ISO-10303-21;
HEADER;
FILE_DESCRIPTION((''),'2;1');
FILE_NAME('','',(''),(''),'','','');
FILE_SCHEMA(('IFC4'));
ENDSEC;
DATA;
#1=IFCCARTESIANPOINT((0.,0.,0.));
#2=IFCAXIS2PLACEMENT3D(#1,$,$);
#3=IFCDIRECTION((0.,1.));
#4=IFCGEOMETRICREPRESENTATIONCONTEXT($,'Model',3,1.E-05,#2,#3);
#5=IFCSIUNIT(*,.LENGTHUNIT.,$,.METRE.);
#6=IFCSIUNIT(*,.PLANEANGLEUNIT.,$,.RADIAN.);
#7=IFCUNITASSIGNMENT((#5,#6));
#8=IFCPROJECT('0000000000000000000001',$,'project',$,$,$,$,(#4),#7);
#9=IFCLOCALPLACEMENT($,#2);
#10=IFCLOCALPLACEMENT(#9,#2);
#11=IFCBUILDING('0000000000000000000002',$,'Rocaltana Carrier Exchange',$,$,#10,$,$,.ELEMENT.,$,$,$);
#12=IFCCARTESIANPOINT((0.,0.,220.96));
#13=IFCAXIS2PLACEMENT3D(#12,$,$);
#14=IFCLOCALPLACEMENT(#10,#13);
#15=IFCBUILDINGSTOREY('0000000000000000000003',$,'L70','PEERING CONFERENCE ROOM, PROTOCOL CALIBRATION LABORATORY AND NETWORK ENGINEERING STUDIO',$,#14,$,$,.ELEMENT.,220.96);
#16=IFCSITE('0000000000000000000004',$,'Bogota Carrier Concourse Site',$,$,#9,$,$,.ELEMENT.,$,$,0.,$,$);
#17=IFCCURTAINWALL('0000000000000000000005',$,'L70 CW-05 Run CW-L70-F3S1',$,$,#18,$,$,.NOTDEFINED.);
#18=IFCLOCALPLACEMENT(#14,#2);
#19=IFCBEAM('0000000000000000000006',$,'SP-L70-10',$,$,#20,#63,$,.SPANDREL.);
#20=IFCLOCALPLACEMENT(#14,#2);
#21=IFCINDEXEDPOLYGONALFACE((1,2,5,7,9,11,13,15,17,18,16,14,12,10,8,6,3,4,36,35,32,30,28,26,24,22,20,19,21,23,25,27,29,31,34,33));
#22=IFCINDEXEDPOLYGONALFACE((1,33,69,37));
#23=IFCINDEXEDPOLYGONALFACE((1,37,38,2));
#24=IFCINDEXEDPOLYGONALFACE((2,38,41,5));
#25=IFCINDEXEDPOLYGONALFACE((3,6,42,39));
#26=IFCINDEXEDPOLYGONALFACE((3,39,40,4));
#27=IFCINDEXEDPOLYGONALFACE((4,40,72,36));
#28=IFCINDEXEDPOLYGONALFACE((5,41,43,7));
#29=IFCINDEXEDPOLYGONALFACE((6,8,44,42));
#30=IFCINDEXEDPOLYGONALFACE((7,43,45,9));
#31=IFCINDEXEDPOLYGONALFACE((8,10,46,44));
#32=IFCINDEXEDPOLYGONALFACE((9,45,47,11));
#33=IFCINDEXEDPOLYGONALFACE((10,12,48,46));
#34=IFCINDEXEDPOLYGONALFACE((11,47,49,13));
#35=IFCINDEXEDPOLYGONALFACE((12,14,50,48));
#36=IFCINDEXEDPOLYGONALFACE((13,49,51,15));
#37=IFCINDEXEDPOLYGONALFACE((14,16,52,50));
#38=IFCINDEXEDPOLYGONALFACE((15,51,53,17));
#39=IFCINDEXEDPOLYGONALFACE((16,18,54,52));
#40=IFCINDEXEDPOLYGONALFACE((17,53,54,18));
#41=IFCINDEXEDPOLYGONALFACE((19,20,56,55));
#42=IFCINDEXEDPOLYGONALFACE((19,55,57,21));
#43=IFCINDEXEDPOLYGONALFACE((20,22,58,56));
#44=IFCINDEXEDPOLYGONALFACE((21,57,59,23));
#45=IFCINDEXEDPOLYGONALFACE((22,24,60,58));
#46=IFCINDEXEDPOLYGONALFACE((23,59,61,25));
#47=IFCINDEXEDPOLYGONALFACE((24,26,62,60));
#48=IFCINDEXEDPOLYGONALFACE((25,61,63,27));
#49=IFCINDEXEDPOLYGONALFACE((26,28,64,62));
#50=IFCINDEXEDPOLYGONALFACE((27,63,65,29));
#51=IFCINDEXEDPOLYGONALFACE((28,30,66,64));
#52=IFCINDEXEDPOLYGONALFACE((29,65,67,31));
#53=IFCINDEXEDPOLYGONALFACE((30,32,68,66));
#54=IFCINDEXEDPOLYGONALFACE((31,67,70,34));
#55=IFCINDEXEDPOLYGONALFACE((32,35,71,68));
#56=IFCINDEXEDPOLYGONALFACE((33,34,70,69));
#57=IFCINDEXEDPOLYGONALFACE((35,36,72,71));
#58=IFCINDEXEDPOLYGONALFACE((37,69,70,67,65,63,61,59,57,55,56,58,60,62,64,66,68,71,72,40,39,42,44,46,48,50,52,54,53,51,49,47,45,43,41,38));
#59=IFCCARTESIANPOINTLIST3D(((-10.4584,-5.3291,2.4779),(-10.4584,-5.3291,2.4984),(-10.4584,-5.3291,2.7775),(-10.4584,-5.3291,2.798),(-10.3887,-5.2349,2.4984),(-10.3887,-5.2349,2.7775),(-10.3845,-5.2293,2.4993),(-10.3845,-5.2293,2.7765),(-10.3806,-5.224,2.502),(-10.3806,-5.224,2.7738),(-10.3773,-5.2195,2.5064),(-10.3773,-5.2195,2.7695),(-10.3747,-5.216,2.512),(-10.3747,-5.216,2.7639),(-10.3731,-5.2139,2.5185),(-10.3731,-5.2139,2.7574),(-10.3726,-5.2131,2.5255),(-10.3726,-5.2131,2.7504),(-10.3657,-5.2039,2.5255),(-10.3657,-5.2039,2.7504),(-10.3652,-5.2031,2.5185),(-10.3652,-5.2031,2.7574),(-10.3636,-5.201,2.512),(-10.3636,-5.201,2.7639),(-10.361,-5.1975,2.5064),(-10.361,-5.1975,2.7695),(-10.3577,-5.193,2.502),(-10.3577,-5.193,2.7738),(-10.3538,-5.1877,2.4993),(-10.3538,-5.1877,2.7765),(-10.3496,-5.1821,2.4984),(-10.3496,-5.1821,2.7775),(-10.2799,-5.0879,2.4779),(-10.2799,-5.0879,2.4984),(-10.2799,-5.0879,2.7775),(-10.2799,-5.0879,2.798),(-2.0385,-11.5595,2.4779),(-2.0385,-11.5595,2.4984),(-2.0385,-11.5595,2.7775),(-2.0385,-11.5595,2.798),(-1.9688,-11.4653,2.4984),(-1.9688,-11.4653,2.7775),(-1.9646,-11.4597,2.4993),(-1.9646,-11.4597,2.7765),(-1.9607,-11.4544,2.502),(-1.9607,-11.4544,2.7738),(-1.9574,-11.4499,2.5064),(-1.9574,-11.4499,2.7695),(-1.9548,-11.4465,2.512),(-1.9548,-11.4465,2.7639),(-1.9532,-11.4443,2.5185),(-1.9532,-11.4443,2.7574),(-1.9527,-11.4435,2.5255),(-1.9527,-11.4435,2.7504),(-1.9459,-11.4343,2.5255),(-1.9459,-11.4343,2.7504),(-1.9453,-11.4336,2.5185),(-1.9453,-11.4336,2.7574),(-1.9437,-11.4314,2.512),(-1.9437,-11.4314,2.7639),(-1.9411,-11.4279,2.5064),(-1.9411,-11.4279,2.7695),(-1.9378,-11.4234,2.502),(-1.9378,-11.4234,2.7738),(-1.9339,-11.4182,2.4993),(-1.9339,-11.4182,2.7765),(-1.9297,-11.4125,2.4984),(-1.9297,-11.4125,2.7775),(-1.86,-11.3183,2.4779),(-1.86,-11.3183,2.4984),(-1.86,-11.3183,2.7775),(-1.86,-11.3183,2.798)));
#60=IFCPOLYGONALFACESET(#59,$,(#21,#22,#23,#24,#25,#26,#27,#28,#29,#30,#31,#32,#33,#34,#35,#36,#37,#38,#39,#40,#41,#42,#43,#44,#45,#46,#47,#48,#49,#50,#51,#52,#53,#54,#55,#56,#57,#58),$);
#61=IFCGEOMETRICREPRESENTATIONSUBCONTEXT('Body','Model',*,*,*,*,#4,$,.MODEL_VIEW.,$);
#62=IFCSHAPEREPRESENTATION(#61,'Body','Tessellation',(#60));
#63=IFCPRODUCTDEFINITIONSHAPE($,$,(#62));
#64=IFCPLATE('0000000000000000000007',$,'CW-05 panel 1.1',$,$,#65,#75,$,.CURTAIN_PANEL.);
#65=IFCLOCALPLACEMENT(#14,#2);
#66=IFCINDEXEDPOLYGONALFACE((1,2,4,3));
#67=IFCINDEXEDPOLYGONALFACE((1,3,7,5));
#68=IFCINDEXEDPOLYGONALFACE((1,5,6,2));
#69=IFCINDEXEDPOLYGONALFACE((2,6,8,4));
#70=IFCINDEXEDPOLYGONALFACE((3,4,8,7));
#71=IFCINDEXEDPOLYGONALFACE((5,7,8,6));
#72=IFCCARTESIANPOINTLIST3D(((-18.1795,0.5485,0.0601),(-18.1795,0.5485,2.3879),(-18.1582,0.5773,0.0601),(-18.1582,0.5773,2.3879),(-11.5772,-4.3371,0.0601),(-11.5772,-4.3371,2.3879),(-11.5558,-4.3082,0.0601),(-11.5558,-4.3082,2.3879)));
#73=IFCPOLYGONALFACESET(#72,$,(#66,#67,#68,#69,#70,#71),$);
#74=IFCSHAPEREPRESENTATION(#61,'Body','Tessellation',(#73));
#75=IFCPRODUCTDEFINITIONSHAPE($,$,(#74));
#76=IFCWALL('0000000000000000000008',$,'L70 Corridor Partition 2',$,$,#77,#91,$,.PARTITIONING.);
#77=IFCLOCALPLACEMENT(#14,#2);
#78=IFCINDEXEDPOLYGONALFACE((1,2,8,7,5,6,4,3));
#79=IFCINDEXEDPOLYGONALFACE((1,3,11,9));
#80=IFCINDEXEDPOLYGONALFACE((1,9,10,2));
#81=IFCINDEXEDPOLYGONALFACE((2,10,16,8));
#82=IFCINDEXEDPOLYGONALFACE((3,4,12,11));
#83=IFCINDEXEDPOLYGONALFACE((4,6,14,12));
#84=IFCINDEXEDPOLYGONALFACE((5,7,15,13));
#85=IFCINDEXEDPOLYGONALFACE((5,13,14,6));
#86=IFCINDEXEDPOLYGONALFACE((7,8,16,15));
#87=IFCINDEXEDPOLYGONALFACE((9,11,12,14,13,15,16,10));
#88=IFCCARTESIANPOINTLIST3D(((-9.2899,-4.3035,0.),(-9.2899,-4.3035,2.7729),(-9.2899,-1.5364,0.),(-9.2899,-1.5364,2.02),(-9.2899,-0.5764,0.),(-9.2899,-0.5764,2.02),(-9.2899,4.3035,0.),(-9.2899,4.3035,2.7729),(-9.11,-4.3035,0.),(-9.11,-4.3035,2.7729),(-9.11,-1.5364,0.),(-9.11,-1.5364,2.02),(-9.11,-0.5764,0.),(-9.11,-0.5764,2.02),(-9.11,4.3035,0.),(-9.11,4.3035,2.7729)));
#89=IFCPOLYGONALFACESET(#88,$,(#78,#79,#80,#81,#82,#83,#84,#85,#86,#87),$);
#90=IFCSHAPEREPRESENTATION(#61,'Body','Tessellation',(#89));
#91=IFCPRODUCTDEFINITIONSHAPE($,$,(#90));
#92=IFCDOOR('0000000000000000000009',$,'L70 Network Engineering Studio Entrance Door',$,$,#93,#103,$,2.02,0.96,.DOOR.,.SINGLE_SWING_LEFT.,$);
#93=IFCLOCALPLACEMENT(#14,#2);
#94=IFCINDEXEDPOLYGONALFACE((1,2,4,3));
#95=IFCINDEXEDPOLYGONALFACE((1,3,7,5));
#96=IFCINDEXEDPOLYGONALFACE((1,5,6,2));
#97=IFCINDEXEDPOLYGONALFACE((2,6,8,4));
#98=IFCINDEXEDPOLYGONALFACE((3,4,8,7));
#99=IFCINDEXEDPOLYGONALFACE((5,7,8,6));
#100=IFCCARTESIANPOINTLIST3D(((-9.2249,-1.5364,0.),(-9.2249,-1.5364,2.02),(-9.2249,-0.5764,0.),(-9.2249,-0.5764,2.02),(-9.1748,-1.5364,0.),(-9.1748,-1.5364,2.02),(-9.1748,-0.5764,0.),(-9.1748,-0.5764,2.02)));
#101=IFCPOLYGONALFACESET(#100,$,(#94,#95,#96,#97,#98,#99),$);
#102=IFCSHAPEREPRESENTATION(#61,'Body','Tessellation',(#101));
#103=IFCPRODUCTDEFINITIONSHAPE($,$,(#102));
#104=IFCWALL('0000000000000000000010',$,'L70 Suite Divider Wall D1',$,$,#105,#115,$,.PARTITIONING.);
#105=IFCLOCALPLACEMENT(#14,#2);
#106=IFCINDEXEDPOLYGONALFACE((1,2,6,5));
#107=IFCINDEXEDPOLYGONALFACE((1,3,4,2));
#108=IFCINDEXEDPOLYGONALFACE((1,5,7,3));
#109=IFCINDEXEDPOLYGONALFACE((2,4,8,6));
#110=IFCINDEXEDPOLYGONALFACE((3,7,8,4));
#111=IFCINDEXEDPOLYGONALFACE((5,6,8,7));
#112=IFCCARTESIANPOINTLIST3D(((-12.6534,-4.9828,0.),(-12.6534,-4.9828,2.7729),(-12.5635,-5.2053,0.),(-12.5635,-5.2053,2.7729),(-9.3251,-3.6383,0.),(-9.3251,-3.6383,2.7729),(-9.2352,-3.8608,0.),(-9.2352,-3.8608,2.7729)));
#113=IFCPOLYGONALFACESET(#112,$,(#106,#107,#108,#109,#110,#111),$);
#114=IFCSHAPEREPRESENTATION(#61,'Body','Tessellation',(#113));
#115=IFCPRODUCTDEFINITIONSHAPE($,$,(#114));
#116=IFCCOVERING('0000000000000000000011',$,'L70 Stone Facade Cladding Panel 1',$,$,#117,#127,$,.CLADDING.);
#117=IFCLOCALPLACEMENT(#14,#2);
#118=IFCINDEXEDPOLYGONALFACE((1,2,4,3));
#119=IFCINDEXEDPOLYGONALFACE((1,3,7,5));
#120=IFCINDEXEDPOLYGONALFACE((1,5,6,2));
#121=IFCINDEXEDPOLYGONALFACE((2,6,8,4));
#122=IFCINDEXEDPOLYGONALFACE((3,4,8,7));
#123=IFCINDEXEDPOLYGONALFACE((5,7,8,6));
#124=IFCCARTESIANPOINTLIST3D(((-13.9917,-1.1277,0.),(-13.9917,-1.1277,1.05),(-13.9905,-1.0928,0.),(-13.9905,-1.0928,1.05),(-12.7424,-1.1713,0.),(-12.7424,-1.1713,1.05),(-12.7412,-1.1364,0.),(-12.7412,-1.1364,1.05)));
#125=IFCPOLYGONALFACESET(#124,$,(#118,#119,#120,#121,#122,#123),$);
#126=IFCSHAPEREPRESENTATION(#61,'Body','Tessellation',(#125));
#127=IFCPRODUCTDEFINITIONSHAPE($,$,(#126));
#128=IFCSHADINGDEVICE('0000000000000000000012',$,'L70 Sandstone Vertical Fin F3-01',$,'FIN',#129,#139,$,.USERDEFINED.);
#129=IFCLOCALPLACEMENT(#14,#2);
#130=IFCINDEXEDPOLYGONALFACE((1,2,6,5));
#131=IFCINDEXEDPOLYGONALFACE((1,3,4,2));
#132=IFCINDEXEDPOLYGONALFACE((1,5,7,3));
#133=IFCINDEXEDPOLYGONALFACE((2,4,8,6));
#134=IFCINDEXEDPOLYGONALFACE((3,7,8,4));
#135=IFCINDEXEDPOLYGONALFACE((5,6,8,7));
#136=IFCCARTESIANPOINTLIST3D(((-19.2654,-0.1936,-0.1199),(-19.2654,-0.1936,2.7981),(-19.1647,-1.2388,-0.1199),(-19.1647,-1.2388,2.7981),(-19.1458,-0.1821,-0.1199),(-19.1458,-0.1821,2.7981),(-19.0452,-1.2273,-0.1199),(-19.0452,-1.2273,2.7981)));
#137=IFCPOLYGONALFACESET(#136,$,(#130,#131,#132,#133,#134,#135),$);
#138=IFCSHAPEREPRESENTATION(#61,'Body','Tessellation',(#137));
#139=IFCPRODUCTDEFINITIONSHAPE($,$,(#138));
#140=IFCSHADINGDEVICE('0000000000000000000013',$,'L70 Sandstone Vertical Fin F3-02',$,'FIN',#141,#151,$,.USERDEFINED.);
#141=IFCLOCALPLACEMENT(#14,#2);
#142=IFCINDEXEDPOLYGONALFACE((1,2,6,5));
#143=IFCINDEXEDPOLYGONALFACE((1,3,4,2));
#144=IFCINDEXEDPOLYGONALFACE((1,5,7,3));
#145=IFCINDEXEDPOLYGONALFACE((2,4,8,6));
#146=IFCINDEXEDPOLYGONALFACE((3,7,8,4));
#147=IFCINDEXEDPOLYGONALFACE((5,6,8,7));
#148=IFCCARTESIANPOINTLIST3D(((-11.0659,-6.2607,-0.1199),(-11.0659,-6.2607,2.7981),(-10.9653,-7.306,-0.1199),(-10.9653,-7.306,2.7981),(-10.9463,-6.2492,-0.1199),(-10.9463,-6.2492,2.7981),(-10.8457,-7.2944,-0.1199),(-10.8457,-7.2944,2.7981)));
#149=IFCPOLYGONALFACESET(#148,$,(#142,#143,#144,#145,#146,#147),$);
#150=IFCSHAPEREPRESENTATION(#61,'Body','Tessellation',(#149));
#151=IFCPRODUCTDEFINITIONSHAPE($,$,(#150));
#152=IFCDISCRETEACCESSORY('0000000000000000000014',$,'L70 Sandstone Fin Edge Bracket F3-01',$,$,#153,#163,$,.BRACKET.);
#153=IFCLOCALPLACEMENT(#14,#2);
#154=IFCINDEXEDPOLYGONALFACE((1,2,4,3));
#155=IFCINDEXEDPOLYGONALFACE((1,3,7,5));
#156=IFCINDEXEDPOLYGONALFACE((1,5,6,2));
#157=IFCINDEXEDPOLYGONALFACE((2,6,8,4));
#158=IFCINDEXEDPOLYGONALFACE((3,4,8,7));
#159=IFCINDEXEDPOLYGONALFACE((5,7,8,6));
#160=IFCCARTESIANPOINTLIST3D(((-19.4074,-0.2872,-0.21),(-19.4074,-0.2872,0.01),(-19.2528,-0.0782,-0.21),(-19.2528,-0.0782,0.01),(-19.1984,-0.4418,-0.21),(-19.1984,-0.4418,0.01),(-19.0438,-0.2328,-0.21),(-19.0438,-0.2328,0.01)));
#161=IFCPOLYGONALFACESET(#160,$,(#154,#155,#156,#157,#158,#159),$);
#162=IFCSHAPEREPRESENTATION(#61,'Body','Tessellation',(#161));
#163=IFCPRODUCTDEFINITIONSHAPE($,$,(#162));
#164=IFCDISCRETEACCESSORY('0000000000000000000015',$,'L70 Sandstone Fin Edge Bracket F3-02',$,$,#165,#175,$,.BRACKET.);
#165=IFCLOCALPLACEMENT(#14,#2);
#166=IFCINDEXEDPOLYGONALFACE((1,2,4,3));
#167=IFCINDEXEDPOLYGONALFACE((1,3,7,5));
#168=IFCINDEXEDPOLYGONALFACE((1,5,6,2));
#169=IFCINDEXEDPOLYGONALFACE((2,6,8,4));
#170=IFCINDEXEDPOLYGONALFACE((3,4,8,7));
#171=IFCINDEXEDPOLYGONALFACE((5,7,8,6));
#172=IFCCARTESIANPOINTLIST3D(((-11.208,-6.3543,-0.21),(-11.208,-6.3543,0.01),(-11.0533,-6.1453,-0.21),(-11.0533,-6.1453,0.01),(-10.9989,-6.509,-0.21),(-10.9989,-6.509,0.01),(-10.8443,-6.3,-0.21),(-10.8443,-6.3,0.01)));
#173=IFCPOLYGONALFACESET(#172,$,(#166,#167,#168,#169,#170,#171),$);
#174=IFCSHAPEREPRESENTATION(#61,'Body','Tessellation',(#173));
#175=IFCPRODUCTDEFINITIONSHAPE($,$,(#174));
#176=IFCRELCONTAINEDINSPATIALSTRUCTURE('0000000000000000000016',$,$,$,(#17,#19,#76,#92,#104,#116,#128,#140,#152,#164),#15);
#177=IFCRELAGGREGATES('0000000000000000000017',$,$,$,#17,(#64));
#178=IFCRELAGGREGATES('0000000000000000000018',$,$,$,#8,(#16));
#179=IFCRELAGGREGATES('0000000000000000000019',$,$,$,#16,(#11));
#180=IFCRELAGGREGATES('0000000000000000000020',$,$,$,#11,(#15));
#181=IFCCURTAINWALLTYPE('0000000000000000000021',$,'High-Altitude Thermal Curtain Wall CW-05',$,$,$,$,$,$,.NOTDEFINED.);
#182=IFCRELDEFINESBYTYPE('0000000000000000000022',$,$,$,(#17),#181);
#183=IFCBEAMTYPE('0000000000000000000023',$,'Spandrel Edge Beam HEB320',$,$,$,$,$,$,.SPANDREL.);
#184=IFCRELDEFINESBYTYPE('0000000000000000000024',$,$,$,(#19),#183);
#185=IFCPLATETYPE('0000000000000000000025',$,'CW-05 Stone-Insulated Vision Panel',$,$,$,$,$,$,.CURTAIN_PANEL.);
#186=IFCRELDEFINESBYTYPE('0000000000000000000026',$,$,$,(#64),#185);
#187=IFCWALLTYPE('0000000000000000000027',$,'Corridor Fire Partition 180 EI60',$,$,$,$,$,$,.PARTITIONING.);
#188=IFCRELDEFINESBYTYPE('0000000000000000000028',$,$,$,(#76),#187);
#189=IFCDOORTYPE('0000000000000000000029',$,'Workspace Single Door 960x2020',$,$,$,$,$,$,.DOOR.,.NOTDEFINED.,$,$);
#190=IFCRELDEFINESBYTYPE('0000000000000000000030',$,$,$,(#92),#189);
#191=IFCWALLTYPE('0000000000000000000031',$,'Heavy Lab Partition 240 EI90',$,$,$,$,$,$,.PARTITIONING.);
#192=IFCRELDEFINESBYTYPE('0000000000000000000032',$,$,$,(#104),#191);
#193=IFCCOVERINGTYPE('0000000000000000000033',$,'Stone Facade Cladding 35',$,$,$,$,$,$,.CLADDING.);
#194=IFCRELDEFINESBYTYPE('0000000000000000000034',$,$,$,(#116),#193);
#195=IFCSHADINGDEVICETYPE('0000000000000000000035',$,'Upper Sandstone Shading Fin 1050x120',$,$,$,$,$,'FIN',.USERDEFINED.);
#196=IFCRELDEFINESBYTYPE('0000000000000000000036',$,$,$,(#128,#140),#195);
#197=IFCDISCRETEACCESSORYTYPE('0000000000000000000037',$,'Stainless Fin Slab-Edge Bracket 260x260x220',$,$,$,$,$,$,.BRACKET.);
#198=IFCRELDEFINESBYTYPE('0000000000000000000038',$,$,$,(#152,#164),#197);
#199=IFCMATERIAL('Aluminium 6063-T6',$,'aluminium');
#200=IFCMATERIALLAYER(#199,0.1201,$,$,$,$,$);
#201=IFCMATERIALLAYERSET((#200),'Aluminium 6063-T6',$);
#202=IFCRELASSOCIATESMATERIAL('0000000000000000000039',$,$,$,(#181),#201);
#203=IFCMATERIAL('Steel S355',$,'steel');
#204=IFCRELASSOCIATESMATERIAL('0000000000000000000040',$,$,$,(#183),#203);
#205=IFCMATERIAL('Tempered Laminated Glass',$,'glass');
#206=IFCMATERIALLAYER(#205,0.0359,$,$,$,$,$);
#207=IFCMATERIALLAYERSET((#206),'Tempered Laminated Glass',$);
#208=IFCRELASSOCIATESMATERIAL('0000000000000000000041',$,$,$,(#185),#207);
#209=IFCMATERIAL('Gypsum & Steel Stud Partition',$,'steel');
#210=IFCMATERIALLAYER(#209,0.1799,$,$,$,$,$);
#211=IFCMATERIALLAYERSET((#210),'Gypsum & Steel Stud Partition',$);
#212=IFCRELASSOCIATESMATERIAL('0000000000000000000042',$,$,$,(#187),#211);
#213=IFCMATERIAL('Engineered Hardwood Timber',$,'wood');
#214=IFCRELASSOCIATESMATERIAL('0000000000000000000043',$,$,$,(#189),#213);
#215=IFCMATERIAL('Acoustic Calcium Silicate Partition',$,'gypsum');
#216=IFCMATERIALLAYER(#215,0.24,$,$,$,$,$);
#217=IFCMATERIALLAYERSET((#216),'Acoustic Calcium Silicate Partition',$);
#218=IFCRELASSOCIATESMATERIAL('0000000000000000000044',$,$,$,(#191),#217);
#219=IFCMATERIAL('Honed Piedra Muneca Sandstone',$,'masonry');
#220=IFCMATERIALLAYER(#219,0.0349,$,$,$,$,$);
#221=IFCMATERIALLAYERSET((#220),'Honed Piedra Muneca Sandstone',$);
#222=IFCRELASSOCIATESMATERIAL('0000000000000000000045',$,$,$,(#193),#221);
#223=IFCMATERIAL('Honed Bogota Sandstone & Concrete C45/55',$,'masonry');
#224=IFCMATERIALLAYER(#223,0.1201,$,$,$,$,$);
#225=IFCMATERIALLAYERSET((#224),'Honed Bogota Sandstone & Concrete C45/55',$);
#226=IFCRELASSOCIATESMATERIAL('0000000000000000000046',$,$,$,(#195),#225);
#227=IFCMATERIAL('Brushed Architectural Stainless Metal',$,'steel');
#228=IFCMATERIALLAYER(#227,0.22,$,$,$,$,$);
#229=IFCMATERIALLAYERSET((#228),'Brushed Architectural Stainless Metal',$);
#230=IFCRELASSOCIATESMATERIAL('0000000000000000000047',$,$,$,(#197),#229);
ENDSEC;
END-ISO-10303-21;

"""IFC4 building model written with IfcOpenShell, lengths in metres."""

from ifc_helpers import new_model, si_unit, direction, frame, frame_2d, origin, origin_2d, place, context, subcontext, project, spatial, rectangle, i_section, extrude, material, layer, layer_set, material_profile, profile_set, type_object, element, fill, aggregate, save


model = new_model("IFC4")

# Units and contexts
model_context = context("Model", 3, precision=1e-05, world=origin(), true_north=direction((0.0, 1.0)))
body_context = subcontext(model_context, "Body", "Model", "MODEL_VIEW")
ifc_project = project(units=[si_unit("LENGTHUNIT", "METRE"), si_unit("PLANEANGLEUNIT", "RADIAN")], contexts=[model_context])

# Site, building, storey
site_placement = place(None, origin())
site = spatial("IfcSite", under=ifc_project, at=site_placement, Name="Bogota Carrier Concourse Site", CompositionType="ELEMENT", RefElevation=0.0)
building_placement = place(site_placement, origin())
building = spatial("IfcBuilding", under=site, at=building_placement, Name="Rocaltana Carrier Exchange", CompositionType="ELEMENT")
storey_placement = place(building_placement, frame((0.0, 0.0, 220.96)))
storey = spatial("IfcBuildingStorey", under=building, at=storey_placement, Name="L70", Description="PEERING CONFERENCE ROOM, PROTOCOL CALIBRATION LABORATORY AND NETWORK ENGINEERING STUDIO", CompositionType="ELEMENT", Elevation=220.96)

# Curtain wall
ifc_material_1 = material(Name="Aluminium 6063-T6", Category="aluminium")
ifc_layer_1 = layer(ifc_material_1, 0.1201)
ifc_layer_set_1 = layer_set([ifc_layer_1], Name="Aluminium 6063-T6")
curtain_wall_type = type_object("IfcCurtainWallType", Name="High-Altitude Thermal Curtain Wall CW-05", PredefinedType="NOTDEFINED", material=ifc_layer_set_1)
curtain_wall_1_placement = place(storey_placement, origin())
curtain_wall_1 = element("IfcCurtainWall", 1, at=curtain_wall_1_placement, inside=storey, type_object=curtain_wall_type, Name="L70 CW-05 Run CW-L70-F3S1", PredefinedType="NOTDEFINED")

# Beam
ifc_material_2 = material(Name="Steel S355", Category="steel")
ifc_material_profile_1 = material_profile(ifc_material_2, i_section(OverallWidth=0.3, OverallDepth=0.3201, WebThickness=0.0115, FlangeThickness=0.0205, FilletRadius=0.0271, at=origin_2d()), Name="HEB320")
ifc_profile_set_1 = profile_set([ifc_material_profile_1], Name="Steel S355")
beam_type_1 = type_object("IfcBeamType", Name="Spandrel Edge Beam HEB320", PredefinedType="SPANDREL", material=ifc_profile_set_1)
beam_1_placement = place(storey_placement, frame((-10.3691, -5.2085, 2.6379), z_axis=(0.803854, -0.594826, 0.0), x_axis=(0.594826, 0.803854, 0.0)))
element("IfcBeam", 2, at=beam_1_placement, inside=storey, type_object=beam_type_1, Name="SP-L70-10", PredefinedType="SPANDREL", context=body_context, shape_type="SweptSolid", body=[
    extrude(i_section(OverallWidth=0.3, OverallDepth=0.3201, WebThickness=0.0115, FlangeThickness=0.0205, FilletRadius=0.0271, at=origin_2d()), origin(), (0.0, 0.0, 1.0), 10.4744),
])

# Plate
ifc_material_3 = material(Name="Tempered Laminated Glass", Category="glass")
ifc_layer_2 = layer(ifc_material_3, 0.0359)
ifc_layer_set_2 = layer_set([ifc_layer_2], Name="Tempered Laminated Glass")
plate_type = type_object("IfcPlateType", Name="CW-05 Stone-Insulated Vision Panel", PredefinedType="CURTAIN_PANEL", material=ifc_layer_set_2)
plate_placement = place(storey_placement, frame((-14.8677, -1.8799, 0.0601), z_axis=(0.0, 0.0, 1.0), x_axis=(0.803854, -0.594827, 0.0)))
plate = element("IfcPlate", 3, at=plate_placement, type_object=plate_type, Name="CW-05 panel 1.1", PredefinedType="CURTAIN_PANEL", context=body_context, shape_type="SweptSolid", body=[
    extrude(rectangle(XDim=8.2134, YDim=0.0359, at=origin_2d()), origin(), (0.0, 0.0, 1.0), 2.3279),
])
aggregate(curtain_wall_1, [plate])

# Wall, opening, door
ifc_material_4 = material(Name="Gypsum & Steel Stud Partition", Category="steel")
ifc_layer_3 = layer(ifc_material_4, 0.1799)
ifc_layer_set_3 = layer_set([ifc_layer_3], Name="Gypsum & Steel Stud Partition")
wall_type_1 = type_object("IfcWallType", Name="Corridor Fire Partition 180 EI60", PredefinedType="PARTITIONING", material=ifc_layer_set_3)
wall_1_placement = place(storey_placement, frame((-9.2, -4.3035, 0.0), z_axis=(0.0, 0.0, 1.0), x_axis=(0.0, 1.0, 0.0)))
wall_1 = element("IfcWall", 4, at=wall_1_placement, inside=storey, type_object=wall_type_1, Name="L70 Corridor Partition 2", PredefinedType="PARTITIONING", context=body_context, shape_type="SweptSolid", body=[
    extrude(rectangle(XDim=8.6069, YDim=0.1799, at=frame_2d((4.3035, 0.0))), origin(), (0.0, 0.0, 1.0), 2.7729),
])
opening_placement = place(wall_1_placement, frame((2.7671, 0.0, 0.0)))
opening = element("IfcOpeningElement", 5, at=opening_placement, cuts=wall_1, PredefinedType="OPENING", context=body_context, shape_type="SweptSolid", body=[
    extrude(rectangle(XDim=0.96, YDim=2.02, at=frame_2d((0.48, 1.01))), frame((0.0, 0.0999, 0.0), z_axis=(0.0, -1.0, 0.0), x_axis=(1.0, 0.0, 0.0)), (0.0, 0.0, 1.0), 0.2),
])
ifc_material_5 = material(Name="Engineered Hardwood Timber", Category="wood")
door_type = type_object("IfcDoorType", Name="Workspace Single Door 960x2020", OperationType="NOTDEFINED", PredefinedType="DOOR", material=ifc_material_5)
door_placement = place(opening_placement, origin())
door = element("IfcDoor", 6, at=door_placement, inside=storey, type_object=door_type, Name="L70 Network Engineering Studio Entrance Door", OperationType="SINGLE_SWING_LEFT", OverallHeight=2.02, OverallWidth=0.96, PredefinedType="DOOR", context=body_context, shape_type="SweptSolid", body=[
    extrude(rectangle(XDim=0.96, YDim=2.02, at=frame_2d((0.48, 1.01))), frame((0.0, 0.0249, 0.0), z_axis=(0.0, -1.0, 0.0), x_axis=(1.0, 0.0, 0.0)), (0.0, 0.0, 1.0), 0.05),
])
fill(opening, door)

# Wall
ifc_material_6 = material(Name="Acoustic Calcium Silicate Partition", Category="gypsum")
ifc_layer_4 = layer(ifc_material_6, 0.24)
ifc_layer_set_4 = layer_set([ifc_layer_4], Name="Acoustic Calcium Silicate Partition")
wall_type_2 = type_object("IfcWallType", Name="Heavy Lab Partition 240 EI90", PredefinedType="PARTITIONING", material=ifc_layer_set_4)
wall_2_placement = place(storey_placement, frame((-9.28, -3.7495, 0.0), z_axis=(0.0, 0.0, 1.0), x_axis=(-0.92721, -0.374543, 0.0)))
element("IfcWall", 7, at=wall_2_placement, inside=storey, type_object=wall_type_2, Name="L70 Suite Divider Wall D1", PredefinedType="PARTITIONING", context=body_context, shape_type="SweptSolid", body=[
    extrude(rectangle(XDim=3.5896, YDim=0.24, at=frame_2d((1.7949, 0.0))), origin(), (0.0, 0.0, 1.0), 2.7729),
])

# Covering
ifc_material_7 = material(Name="Honed Piedra Muneca Sandstone", Category="masonry")
ifc_layer_5 = layer(ifc_material_7, 0.0349)
ifc_layer_set_5 = layer_set([ifc_layer_5], Name="Honed Piedra Muneca Sandstone")
covering_type = type_object("IfcCoveringType", Name="Stone Facade Cladding 35", PredefinedType="CLADDING", material=ifc_layer_set_5)
covering_placement = place(storey_placement, frame((-13.3665, -1.1321, 0.0), z_axis=(0.0, 0.0, 1.0), x_axis=(-0.999391, 0.034899, 0.0)))
element("IfcCovering", 8, at=covering_placement, inside=storey, type_object=covering_type, Name="L70 Stone Facade Cladding Panel 1", PredefinedType="CLADDING", context=body_context, shape_type="SweptSolid", body=[
    extrude(rectangle(XDim=1.25, YDim=0.0349, at=origin_2d()), origin(), (0.0, 0.0, 1.0), 1.05),
])

# Shading devices
ifc_material_8 = material(Name="Honed Bogota Sandstone & Concrete C45/55", Category="masonry")
ifc_layer_6 = layer(ifc_material_8, 0.1201)
ifc_layer_set_6 = layer_set([ifc_layer_6], Name="Honed Bogota Sandstone & Concrete C45/55")
shading_device_type = type_object("IfcShadingDeviceType", Name="Upper Sandstone Shading Fin 1050x120", ElementType="FIN", PredefinedType="USERDEFINED", material=ifc_layer_set_6)
for number, where, z_axis, x_axis, name in (
    (9, (-19.1553, -0.7104, -0.1199), (0.0, 0.0, 1.0), (0.095846, -0.995396, 0.0), "L70 Sandstone Vertical Fin F3-01"),
    (10, (-10.9558, -6.7776, -0.1199), (0.0, 0.0, 1.0), (0.095846, -0.995396, 0.0), "L70 Sandstone Vertical Fin F3-02"),
):
    element("IfcShadingDevice", number, at=place(storey_placement, frame(where, z_axis=z_axis, x_axis=x_axis)), inside=storey, type_object=shading_device_type, Name=name, ObjectType="FIN", PredefinedType="USERDEFINED", context=body_context, shape_type="SweptSolid", body=[
        extrude(rectangle(XDim=1.05, YDim=0.1201, at=origin_2d()), origin(), (0.0, 0.0, 1.0), 2.918),
    ])

# Discrete accessories
ifc_material_9 = material(Name="Brushed Architectural Stainless Metal", Category="steel")
ifc_layer_7 = layer(ifc_material_9, 0.22)
ifc_layer_set_7 = layer_set([ifc_layer_7], Name="Brushed Architectural Stainless Metal")
discrete_accessory_type = type_object("IfcDiscreteAccessoryType", Name="Stainless Fin Slab-Edge Bracket 260x260x220", PredefinedType="BRACKET", material=ifc_layer_set_7)
for number, where, z_axis, x_axis, name in (
    (11, (-19.2256, -0.26, -0.21), (0.0, 0.0, 1.0), (0.803857, -0.594823, 0.0), "L70 Sandstone Fin Edge Bracket F3-01"),
    (12, (-11.0261, -6.3271, -0.21), (0.0, 0.0, 1.0), (0.803857, -0.594823, 0.0), "L70 Sandstone Fin Edge Bracket F3-02"),
):
    element("IfcDiscreteAccessory", number, at=place(storey_placement, frame(where, z_axis=z_axis, x_axis=x_axis)), inside=storey, type_object=discrete_accessory_type, Name=name, PredefinedType="BRACKET", context=body_context, shape_type="SweptSolid", body=[
        extrude(rectangle(XDim=0.26, YDim=0.26, at=origin_2d()), origin(), (0.0, 0.0, 1.0), 0.22),
    ])

save(model, "model.ifc")
